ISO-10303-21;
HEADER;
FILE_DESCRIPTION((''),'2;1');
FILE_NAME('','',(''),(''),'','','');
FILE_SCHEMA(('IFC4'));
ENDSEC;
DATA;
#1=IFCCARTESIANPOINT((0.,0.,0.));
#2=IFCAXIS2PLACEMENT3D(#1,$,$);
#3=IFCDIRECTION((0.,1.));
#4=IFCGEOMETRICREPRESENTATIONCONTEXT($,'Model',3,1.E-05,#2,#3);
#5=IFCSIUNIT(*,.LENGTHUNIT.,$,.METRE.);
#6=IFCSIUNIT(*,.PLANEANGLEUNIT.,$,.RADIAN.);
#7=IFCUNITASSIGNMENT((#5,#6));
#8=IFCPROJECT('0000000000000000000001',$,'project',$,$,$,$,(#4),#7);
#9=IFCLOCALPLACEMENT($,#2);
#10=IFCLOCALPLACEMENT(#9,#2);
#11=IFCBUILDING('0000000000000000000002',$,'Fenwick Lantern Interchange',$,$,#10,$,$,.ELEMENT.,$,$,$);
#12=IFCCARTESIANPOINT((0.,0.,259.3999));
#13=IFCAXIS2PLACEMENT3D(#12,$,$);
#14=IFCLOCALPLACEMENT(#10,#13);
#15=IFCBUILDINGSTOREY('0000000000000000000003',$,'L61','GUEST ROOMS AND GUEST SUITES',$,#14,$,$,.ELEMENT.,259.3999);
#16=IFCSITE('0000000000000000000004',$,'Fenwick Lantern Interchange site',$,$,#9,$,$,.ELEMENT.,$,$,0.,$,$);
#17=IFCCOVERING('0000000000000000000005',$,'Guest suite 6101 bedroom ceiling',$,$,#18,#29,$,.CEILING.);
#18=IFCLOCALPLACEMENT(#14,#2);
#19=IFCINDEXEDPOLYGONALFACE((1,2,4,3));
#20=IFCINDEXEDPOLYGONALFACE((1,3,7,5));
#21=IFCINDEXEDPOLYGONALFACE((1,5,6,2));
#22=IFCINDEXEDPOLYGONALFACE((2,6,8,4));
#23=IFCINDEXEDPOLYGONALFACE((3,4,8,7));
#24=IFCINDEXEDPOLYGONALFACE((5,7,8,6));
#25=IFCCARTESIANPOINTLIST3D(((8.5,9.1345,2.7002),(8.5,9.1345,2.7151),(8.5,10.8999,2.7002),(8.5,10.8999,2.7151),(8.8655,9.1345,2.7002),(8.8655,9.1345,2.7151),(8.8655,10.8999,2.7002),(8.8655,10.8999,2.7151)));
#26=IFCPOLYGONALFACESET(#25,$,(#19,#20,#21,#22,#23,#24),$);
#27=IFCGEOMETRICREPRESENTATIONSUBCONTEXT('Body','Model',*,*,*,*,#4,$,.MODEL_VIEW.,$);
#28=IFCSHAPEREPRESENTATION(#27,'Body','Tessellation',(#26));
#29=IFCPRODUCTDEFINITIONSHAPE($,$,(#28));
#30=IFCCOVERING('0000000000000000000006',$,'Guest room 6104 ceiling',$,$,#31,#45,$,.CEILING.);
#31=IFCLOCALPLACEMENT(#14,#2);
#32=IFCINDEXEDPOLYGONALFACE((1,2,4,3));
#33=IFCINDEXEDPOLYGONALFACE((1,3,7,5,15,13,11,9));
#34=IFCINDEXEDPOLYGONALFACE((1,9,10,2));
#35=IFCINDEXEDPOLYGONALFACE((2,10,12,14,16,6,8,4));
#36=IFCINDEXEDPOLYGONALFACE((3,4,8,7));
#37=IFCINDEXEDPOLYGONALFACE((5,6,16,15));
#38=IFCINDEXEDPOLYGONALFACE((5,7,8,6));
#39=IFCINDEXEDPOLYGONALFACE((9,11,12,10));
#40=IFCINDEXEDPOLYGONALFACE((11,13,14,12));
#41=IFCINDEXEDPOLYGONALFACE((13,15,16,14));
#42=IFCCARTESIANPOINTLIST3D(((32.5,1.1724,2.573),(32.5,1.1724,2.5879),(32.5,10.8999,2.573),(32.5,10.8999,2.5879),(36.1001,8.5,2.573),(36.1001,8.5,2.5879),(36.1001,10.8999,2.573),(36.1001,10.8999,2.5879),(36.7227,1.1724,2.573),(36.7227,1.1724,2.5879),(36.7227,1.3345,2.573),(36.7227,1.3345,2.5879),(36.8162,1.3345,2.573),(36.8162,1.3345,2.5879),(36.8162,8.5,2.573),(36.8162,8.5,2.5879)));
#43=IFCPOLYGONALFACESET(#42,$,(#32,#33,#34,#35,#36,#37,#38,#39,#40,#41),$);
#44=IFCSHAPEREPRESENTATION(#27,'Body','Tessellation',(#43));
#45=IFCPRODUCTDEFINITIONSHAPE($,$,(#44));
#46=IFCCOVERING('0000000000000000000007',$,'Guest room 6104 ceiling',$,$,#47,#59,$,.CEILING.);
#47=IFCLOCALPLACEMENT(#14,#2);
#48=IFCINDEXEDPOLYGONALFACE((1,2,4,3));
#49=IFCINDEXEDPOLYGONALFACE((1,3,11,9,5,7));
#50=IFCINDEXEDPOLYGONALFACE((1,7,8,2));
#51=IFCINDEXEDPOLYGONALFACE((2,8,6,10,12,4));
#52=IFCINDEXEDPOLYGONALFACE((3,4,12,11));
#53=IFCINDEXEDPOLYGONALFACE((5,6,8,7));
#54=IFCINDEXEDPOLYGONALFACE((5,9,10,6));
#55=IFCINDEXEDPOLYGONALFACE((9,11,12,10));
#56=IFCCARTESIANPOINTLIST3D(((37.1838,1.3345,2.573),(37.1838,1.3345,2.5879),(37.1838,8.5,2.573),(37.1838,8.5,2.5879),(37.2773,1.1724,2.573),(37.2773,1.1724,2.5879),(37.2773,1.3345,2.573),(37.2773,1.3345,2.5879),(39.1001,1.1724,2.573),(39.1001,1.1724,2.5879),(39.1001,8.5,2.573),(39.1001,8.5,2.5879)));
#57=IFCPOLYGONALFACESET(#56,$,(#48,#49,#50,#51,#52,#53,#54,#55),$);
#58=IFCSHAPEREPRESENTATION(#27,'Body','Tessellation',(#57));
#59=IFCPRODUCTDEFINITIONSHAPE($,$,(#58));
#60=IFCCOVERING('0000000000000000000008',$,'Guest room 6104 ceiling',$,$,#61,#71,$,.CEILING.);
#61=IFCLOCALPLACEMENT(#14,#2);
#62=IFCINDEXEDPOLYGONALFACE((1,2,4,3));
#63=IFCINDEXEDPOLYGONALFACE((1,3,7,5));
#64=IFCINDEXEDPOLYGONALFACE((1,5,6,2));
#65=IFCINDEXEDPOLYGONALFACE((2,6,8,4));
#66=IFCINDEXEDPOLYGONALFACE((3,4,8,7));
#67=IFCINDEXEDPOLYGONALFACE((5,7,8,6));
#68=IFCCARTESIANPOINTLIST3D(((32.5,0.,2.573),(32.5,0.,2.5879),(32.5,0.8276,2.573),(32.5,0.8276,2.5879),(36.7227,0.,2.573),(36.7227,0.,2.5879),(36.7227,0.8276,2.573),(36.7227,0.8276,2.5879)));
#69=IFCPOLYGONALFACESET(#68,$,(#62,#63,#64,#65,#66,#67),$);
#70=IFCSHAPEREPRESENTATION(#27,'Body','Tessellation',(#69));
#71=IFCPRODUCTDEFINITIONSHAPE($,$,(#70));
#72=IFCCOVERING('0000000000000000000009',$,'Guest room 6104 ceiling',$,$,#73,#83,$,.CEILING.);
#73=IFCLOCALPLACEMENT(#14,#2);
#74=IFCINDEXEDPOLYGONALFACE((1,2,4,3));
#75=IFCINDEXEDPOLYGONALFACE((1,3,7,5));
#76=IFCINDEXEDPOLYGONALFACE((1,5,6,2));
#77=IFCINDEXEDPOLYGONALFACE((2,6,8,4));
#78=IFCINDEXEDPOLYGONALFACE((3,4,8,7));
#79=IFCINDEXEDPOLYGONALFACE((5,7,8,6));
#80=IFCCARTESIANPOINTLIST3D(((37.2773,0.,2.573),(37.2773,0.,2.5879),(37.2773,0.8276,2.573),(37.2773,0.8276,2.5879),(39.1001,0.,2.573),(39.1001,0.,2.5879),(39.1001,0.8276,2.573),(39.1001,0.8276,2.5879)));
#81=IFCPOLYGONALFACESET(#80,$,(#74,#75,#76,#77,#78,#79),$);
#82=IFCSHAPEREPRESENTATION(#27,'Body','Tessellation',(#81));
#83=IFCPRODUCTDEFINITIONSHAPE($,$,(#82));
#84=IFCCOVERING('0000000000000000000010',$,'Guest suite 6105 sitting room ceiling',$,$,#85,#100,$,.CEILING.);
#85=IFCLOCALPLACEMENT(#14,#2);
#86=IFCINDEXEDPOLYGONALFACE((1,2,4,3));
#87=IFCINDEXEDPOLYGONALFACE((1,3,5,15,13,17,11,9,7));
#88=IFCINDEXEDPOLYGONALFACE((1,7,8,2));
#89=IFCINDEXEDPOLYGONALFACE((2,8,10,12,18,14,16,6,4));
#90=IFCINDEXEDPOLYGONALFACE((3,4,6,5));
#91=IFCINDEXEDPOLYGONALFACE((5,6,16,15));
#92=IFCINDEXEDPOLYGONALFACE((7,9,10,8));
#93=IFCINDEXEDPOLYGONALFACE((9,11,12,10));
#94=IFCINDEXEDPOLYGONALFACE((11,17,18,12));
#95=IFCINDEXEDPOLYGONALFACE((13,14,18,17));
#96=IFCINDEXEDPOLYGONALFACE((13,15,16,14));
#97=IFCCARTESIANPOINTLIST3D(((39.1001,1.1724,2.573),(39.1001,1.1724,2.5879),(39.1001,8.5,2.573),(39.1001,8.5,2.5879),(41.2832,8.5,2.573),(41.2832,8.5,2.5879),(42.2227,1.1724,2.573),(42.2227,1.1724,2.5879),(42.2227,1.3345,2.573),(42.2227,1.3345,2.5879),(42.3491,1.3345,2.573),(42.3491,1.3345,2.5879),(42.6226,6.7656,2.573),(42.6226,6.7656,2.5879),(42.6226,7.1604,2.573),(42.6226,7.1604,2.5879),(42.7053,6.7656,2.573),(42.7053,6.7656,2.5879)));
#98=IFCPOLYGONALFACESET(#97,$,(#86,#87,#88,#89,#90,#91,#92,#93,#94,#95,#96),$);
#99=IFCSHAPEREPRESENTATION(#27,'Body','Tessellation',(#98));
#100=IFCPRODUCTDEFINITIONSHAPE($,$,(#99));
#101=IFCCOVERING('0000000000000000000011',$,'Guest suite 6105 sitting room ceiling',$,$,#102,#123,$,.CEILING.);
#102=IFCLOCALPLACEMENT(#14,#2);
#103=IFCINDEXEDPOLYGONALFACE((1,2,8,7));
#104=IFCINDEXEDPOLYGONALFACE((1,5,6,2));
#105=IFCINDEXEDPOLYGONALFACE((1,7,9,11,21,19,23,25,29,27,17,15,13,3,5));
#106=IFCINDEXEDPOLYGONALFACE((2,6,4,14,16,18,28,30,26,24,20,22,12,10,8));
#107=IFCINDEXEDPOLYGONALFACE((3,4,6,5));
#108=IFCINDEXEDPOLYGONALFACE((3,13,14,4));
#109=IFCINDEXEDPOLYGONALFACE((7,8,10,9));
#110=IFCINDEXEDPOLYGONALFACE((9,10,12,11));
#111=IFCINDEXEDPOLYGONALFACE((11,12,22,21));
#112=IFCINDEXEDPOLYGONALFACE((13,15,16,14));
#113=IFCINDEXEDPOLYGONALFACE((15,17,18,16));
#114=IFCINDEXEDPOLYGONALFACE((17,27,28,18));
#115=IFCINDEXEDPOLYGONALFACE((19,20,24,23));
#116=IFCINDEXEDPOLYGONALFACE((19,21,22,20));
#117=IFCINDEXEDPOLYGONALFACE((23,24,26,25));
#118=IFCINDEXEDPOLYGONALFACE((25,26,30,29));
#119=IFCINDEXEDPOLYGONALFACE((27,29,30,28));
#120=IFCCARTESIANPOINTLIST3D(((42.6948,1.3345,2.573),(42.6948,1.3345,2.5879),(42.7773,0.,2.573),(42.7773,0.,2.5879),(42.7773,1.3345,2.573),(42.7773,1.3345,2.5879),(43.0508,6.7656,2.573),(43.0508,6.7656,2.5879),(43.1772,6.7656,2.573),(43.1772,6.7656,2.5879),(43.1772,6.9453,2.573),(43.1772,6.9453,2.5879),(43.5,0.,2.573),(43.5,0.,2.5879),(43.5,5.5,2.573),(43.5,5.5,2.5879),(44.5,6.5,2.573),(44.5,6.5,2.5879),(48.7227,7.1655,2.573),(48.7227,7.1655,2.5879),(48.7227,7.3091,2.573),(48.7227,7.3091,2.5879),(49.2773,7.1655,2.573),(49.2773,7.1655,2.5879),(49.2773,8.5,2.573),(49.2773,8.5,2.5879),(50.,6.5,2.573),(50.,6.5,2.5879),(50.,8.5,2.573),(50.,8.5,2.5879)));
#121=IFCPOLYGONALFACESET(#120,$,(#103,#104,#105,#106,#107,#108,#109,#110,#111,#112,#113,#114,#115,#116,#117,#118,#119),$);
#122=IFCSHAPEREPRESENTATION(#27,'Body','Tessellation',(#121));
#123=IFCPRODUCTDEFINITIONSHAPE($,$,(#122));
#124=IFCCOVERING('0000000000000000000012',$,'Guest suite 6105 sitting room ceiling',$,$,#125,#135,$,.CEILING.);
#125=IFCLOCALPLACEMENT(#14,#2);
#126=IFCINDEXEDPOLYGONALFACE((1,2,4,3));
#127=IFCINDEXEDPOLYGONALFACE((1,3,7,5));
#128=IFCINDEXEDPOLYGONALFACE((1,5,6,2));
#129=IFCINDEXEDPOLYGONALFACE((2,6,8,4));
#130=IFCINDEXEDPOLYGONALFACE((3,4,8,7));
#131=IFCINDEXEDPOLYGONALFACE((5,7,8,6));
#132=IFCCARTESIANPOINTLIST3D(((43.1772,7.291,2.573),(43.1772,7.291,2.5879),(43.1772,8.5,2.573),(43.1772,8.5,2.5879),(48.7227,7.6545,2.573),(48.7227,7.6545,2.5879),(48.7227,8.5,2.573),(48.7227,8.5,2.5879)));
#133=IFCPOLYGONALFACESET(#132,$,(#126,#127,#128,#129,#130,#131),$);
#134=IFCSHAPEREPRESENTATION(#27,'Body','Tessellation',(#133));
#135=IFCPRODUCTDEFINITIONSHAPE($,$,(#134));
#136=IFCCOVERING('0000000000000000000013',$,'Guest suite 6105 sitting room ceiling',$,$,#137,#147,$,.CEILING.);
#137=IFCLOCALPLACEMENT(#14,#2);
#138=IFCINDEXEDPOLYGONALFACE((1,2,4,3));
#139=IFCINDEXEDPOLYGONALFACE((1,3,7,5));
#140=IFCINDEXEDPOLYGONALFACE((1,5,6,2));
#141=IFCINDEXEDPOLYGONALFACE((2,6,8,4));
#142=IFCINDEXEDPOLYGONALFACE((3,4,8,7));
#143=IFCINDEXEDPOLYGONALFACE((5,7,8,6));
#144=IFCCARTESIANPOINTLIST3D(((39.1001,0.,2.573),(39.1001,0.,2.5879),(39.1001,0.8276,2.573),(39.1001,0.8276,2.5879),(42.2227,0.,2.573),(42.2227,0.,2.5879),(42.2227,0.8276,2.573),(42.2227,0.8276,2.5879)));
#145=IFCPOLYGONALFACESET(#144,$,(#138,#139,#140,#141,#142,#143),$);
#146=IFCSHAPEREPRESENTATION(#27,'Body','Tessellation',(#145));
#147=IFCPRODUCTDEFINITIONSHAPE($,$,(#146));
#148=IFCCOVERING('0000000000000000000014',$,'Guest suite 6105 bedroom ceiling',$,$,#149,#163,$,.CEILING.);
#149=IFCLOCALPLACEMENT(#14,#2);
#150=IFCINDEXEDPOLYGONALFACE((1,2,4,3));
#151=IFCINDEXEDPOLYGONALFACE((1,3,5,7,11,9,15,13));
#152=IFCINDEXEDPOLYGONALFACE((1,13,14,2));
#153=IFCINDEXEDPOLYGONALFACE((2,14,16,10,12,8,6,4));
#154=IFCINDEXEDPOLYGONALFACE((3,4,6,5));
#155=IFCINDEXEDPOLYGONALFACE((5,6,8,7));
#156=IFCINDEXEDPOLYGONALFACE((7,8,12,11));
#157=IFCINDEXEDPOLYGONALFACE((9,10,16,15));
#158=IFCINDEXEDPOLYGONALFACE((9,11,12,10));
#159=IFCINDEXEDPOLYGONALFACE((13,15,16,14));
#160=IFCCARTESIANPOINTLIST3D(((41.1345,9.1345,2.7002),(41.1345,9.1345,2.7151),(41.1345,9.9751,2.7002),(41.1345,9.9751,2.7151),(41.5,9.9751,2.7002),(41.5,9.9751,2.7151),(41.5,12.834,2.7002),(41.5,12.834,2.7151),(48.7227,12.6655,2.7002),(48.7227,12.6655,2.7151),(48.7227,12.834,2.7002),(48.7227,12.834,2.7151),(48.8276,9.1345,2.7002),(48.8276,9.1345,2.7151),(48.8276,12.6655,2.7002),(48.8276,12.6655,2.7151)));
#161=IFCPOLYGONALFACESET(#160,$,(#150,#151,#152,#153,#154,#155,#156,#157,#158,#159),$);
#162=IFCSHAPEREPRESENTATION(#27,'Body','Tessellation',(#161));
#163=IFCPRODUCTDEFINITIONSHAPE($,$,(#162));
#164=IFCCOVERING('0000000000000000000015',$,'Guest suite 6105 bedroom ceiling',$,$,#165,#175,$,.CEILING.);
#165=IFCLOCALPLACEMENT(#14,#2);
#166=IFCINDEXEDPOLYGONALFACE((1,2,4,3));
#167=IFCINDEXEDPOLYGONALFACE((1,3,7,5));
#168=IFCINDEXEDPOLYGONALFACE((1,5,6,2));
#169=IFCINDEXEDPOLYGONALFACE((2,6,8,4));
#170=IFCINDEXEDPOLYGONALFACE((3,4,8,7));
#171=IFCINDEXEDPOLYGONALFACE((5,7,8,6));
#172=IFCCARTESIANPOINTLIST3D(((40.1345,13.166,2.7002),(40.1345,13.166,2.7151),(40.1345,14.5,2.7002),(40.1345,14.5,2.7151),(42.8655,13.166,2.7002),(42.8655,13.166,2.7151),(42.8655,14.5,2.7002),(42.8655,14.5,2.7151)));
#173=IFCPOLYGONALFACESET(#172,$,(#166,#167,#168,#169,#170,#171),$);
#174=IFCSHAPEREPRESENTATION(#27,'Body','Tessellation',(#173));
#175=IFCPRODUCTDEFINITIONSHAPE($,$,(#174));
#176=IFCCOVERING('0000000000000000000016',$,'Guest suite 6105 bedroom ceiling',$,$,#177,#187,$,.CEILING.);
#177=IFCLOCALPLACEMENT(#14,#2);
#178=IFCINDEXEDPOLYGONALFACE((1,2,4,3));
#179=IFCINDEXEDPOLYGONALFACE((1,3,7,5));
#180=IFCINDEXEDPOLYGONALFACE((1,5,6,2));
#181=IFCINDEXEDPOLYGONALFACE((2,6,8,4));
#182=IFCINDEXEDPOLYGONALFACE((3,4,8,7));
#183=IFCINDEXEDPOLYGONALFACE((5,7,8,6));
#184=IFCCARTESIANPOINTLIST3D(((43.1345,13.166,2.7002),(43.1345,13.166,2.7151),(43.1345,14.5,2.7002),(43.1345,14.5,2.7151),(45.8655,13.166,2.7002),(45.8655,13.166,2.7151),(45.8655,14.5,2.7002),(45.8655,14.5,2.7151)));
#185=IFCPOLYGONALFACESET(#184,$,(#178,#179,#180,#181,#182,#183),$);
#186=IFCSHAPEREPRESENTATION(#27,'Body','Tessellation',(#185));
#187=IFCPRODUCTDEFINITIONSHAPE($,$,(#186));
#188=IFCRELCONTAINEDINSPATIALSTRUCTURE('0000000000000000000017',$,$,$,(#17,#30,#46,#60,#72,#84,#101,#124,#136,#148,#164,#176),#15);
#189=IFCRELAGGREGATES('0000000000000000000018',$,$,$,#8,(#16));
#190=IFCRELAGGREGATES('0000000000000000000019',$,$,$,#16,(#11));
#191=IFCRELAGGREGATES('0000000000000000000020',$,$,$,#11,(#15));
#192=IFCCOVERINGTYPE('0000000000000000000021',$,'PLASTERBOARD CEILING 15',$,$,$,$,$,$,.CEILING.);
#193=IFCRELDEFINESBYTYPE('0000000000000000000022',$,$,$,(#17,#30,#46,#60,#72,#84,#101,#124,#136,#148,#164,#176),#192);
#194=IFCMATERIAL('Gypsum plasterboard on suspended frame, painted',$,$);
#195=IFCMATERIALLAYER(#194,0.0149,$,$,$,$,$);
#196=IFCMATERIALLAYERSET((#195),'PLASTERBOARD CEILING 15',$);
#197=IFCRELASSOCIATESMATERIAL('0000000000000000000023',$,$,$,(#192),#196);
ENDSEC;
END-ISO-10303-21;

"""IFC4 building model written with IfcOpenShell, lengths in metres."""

from ifc_helpers import new_model, si_unit, direction, frame, origin, place, context, subcontext, project, spatial, polyline, outline, extrude, material, layer, layer_set, type_object, element, save


model = new_model("IFC4")

# Units and contexts
model_context = context("Model", 3, precision=1e-05, world=origin(), true_north=direction((0.0, 1.0)))
body_context = subcontext(model_context, "Body", "Model", "MODEL_VIEW")
ifc_project = project(units=[si_unit("LENGTHUNIT", "METRE"), si_unit("PLANEANGLEUNIT", "RADIAN")], contexts=[model_context])

# Site, building, storey
site_placement = place(None, origin())
site = spatial("IfcSite", under=ifc_project, at=site_placement, Name="Fenwick Lantern Interchange site", CompositionType="ELEMENT", RefElevation=0.0)
building_placement = place(site_placement, origin())
building = spatial("IfcBuilding", under=site, at=building_placement, Name="Fenwick Lantern Interchange", CompositionType="ELEMENT")
storey_placement = place(building_placement, frame((0.0, 0.0, 259.3999)))
storey = spatial("IfcBuildingStorey", under=building, at=storey_placement, Name="L61", Description="GUEST ROOMS AND GUEST SUITES", CompositionType="ELEMENT", Elevation=259.3999)

# Coverings
ifc_material_1 = material(Name="Gypsum plasterboard on suspended frame, painted")
ifc_layer_1 = layer(ifc_material_1, 0.0149)
ifc_layer_set_1 = layer_set([ifc_layer_1], Name="PLASTERBOARD CEILING 15")
covering_type_1 = type_object("IfcCoveringType", Name="PLASTERBOARD CEILING 15", PredefinedType="CEILING", material=ifc_layer_set_1)
covering_1_placement = place(storey_placement, frame((0.0, 0.0, 2.7002)))
element("IfcCovering", 1, at=covering_1_placement, inside=storey, type_object=covering_type_1, Name="Guest suite 6101 bedroom ceiling", PredefinedType="CEILING", context=body_context, shape_type="SweptSolid", body=[
    extrude(outline(polyline([(8.5, 10.8999), (8.5, 9.1345), (8.8655, 9.1345), (8.8655, 10.8999), (8.5, 10.8999)])), origin(), (0.0, 0.0, 1.0), 0.0149),
])
covering_2_placement = place(storey_placement, frame((0.0, 0.0, 2.573)))
element("IfcCovering", 2, at=covering_2_placement, inside=storey, type_object=covering_type_1, Name="Guest room 6104 ceiling", PredefinedType="CEILING", context=body_context, shape_type="SweptSolid", body=[
    extrude(outline(polyline([(36.7227, 1.3345), (36.8162, 1.3345), (36.8162, 8.5), (36.1001, 8.5), (36.1001, 10.8999), (32.5, 10.8999), (32.5, 1.1724), (36.7227, 1.1724), (36.7227, 1.3345)])), origin(), (0.0, 0.0, 1.0), 0.0149),
])
covering_3_placement = place(storey_placement, frame((0.0, 0.0, 2.573)))
element("IfcCovering", 3, at=covering_3_placement, inside=storey, type_object=covering_type_1, Name="Guest room 6104 ceiling", PredefinedType="CEILING", context=body_context, shape_type="SweptSolid", body=[
    extrude(outline(polyline([(37.2773, 1.3345), (37.2773, 1.1724), (39.1001, 1.1724), (39.1001, 8.5), (37.1838, 8.5), (37.1838, 1.3345), (37.2773, 1.3345)])), origin(), (0.0, 0.0, 1.0), 0.0149),
])
covering_4_placement = place(storey_placement, frame((0.0, 0.0, 2.573)))
element("IfcCovering", 4, at=covering_4_placement, inside=storey, type_object=covering_type_1, Name="Guest room 6104 ceiling", PredefinedType="CEILING", context=body_context, shape_type="SweptSolid", body=[
    extrude(outline(polyline([(36.7227, 0.0), (36.7227, 0.8276), (32.5, 0.8276), (32.5, 0.0), (36.7227, 0.0)])), origin(), (0.0, 0.0, 1.0), 0.0149),
])
covering_5_placement = place(storey_placement, frame((0.0, 0.0, 2.573)))
element("IfcCovering", 5, at=covering_5_placement, inside=storey, type_object=covering_type_1, Name="Guest room 6104 ceiling", PredefinedType="CEILING", context=body_context, shape_type="SweptSolid", body=[
    extrude(outline(polyline([(37.2773, 0.8276), (37.2773, 0.0), (39.1001, 0.0), (39.1001, 0.8276), (37.2773, 0.8276)])), origin(), (0.0, 0.0, 1.0), 0.0149),
])
covering_6_placement = place(storey_placement, frame((0.0, 0.0, 2.573)))
element("IfcCovering", 6, at=covering_6_placement, inside=storey, type_object=covering_type_1, Name="Guest suite 6105 sitting room ceiling", PredefinedType="CEILING", context=body_context, shape_type="SweptSolid", body=[
    extrude(outline(polyline([(42.2227, 1.3345), (42.3491, 1.3345), (42.7053, 6.7656), (42.6226, 6.7656), (42.6226, 7.1604), (41.2832, 8.5), (39.1001, 8.5), (39.1001, 1.1724), (42.2227, 1.1724), (42.2227, 1.3345)])), origin(), (0.0, 0.0, 1.0), 0.0149),
])
covering_7_placement = place(storey_placement, frame((0.0, 0.0, 2.573)))
element("IfcCovering", 7, at=covering_7_placement, inside=storey, type_object=covering_type_1, Name="Guest suite 6105 sitting room ceiling", PredefinedType="CEILING", context=body_context, shape_type="SweptSolid", body=[
    extrude(outline(polyline([(42.7773, 1.3345), (42.7773, 0.0), (43.5, 0.0), (43.5, 5.5), (44.5, 6.5), (50.0, 6.5), (50.0, 8.5), (49.2773, 8.5), (49.2773, 7.1655), (48.7227, 7.1655), (48.7227, 7.3091), (43.1772, 6.9453), (43.1772, 6.7656), (43.0508, 6.7656), (42.6948, 1.3345), (42.7773, 1.3345)])), origin(), (0.0, 0.0, 1.0), 0.0149),
])
covering_8_placement = place(storey_placement, frame((0.0, 0.0, 2.573)))
element("IfcCovering", 8, at=covering_8_placement, inside=storey, type_object=covering_type_1, Name="Guest suite 6105 sitting room ceiling", PredefinedType="CEILING", context=body_context, shape_type="SweptSolid", body=[
    extrude(outline(polyline([(43.1772, 8.5), (43.1772, 7.291), (48.7227, 7.6545), (48.7227, 8.5), (43.1772, 8.5)])), origin(), (0.0, 0.0, 1.0), 0.0149),
])
covering_9_placement = place(storey_placement, frame((0.0, 0.0, 2.573)))
element("IfcCovering", 9, at=covering_9_placement, inside=storey, type_object=covering_type_1, Name="Guest suite 6105 sitting room ceiling", PredefinedType="CEILING", context=body_context, shape_type="SweptSolid", body=[
    extrude(outline(polyline([(42.2227, 0.0), (42.2227, 0.8276), (39.1001, 0.8276), (39.1001, 0.0), (42.2227, 0.0)])), origin(), (0.0, 0.0, 1.0), 0.0149),
])
covering_10_placement = place(storey_placement, frame((0.0, 0.0, 2.7002)))
element("IfcCovering", 10, at=covering_10_placement, inside=storey, type_object=covering_type_1, Name="Guest suite 6105 bedroom ceiling", PredefinedType="CEILING", context=body_context, shape_type="SweptSolid", body=[
    extrude(outline(polyline([(48.7227, 12.6655), (48.7227, 12.834), (41.5, 12.834), (41.5, 9.9751), (41.1345, 9.9751), (41.1345, 9.1345), (48.8276, 9.1345), (48.8276, 12.6655), (48.7227, 12.6655)])), origin(), (0.0, 0.0, 1.0), 0.0149),
])
covering_11_placement = place(storey_placement, frame((0.0, 0.0, 2.7002)))
element("IfcCovering", 11, at=covering_11_placement, inside=storey, type_object=covering_type_1, Name="Guest suite 6105 bedroom ceiling", PredefinedType="CEILING", context=body_context, shape_type="SweptSolid", body=[
    extrude(outline(polyline([(42.8655, 14.5), (40.1345, 14.5), (40.1345, 13.166), (42.8655, 13.166), (42.8655, 14.5)])), origin(), (0.0, 0.0, 1.0), 0.0149),
])
covering_12_placement = place(storey_placement, frame((0.0, 0.0, 2.7002)))
element("IfcCovering", 12, at=covering_12_placement, inside=storey, type_object=covering_type_1, Name="Guest suite 6105 bedroom ceiling", PredefinedType="CEILING", context=body_context, shape_type="SweptSolid", body=[
    extrude(outline(polyline([(45.8655, 14.5), (43.1345, 14.5), (43.1345, 13.166), (45.8655, 13.166), (45.8655, 14.5)])), origin(), (0.0, 0.0, 1.0), 0.0149),
])

save(model, "model.ifc")
